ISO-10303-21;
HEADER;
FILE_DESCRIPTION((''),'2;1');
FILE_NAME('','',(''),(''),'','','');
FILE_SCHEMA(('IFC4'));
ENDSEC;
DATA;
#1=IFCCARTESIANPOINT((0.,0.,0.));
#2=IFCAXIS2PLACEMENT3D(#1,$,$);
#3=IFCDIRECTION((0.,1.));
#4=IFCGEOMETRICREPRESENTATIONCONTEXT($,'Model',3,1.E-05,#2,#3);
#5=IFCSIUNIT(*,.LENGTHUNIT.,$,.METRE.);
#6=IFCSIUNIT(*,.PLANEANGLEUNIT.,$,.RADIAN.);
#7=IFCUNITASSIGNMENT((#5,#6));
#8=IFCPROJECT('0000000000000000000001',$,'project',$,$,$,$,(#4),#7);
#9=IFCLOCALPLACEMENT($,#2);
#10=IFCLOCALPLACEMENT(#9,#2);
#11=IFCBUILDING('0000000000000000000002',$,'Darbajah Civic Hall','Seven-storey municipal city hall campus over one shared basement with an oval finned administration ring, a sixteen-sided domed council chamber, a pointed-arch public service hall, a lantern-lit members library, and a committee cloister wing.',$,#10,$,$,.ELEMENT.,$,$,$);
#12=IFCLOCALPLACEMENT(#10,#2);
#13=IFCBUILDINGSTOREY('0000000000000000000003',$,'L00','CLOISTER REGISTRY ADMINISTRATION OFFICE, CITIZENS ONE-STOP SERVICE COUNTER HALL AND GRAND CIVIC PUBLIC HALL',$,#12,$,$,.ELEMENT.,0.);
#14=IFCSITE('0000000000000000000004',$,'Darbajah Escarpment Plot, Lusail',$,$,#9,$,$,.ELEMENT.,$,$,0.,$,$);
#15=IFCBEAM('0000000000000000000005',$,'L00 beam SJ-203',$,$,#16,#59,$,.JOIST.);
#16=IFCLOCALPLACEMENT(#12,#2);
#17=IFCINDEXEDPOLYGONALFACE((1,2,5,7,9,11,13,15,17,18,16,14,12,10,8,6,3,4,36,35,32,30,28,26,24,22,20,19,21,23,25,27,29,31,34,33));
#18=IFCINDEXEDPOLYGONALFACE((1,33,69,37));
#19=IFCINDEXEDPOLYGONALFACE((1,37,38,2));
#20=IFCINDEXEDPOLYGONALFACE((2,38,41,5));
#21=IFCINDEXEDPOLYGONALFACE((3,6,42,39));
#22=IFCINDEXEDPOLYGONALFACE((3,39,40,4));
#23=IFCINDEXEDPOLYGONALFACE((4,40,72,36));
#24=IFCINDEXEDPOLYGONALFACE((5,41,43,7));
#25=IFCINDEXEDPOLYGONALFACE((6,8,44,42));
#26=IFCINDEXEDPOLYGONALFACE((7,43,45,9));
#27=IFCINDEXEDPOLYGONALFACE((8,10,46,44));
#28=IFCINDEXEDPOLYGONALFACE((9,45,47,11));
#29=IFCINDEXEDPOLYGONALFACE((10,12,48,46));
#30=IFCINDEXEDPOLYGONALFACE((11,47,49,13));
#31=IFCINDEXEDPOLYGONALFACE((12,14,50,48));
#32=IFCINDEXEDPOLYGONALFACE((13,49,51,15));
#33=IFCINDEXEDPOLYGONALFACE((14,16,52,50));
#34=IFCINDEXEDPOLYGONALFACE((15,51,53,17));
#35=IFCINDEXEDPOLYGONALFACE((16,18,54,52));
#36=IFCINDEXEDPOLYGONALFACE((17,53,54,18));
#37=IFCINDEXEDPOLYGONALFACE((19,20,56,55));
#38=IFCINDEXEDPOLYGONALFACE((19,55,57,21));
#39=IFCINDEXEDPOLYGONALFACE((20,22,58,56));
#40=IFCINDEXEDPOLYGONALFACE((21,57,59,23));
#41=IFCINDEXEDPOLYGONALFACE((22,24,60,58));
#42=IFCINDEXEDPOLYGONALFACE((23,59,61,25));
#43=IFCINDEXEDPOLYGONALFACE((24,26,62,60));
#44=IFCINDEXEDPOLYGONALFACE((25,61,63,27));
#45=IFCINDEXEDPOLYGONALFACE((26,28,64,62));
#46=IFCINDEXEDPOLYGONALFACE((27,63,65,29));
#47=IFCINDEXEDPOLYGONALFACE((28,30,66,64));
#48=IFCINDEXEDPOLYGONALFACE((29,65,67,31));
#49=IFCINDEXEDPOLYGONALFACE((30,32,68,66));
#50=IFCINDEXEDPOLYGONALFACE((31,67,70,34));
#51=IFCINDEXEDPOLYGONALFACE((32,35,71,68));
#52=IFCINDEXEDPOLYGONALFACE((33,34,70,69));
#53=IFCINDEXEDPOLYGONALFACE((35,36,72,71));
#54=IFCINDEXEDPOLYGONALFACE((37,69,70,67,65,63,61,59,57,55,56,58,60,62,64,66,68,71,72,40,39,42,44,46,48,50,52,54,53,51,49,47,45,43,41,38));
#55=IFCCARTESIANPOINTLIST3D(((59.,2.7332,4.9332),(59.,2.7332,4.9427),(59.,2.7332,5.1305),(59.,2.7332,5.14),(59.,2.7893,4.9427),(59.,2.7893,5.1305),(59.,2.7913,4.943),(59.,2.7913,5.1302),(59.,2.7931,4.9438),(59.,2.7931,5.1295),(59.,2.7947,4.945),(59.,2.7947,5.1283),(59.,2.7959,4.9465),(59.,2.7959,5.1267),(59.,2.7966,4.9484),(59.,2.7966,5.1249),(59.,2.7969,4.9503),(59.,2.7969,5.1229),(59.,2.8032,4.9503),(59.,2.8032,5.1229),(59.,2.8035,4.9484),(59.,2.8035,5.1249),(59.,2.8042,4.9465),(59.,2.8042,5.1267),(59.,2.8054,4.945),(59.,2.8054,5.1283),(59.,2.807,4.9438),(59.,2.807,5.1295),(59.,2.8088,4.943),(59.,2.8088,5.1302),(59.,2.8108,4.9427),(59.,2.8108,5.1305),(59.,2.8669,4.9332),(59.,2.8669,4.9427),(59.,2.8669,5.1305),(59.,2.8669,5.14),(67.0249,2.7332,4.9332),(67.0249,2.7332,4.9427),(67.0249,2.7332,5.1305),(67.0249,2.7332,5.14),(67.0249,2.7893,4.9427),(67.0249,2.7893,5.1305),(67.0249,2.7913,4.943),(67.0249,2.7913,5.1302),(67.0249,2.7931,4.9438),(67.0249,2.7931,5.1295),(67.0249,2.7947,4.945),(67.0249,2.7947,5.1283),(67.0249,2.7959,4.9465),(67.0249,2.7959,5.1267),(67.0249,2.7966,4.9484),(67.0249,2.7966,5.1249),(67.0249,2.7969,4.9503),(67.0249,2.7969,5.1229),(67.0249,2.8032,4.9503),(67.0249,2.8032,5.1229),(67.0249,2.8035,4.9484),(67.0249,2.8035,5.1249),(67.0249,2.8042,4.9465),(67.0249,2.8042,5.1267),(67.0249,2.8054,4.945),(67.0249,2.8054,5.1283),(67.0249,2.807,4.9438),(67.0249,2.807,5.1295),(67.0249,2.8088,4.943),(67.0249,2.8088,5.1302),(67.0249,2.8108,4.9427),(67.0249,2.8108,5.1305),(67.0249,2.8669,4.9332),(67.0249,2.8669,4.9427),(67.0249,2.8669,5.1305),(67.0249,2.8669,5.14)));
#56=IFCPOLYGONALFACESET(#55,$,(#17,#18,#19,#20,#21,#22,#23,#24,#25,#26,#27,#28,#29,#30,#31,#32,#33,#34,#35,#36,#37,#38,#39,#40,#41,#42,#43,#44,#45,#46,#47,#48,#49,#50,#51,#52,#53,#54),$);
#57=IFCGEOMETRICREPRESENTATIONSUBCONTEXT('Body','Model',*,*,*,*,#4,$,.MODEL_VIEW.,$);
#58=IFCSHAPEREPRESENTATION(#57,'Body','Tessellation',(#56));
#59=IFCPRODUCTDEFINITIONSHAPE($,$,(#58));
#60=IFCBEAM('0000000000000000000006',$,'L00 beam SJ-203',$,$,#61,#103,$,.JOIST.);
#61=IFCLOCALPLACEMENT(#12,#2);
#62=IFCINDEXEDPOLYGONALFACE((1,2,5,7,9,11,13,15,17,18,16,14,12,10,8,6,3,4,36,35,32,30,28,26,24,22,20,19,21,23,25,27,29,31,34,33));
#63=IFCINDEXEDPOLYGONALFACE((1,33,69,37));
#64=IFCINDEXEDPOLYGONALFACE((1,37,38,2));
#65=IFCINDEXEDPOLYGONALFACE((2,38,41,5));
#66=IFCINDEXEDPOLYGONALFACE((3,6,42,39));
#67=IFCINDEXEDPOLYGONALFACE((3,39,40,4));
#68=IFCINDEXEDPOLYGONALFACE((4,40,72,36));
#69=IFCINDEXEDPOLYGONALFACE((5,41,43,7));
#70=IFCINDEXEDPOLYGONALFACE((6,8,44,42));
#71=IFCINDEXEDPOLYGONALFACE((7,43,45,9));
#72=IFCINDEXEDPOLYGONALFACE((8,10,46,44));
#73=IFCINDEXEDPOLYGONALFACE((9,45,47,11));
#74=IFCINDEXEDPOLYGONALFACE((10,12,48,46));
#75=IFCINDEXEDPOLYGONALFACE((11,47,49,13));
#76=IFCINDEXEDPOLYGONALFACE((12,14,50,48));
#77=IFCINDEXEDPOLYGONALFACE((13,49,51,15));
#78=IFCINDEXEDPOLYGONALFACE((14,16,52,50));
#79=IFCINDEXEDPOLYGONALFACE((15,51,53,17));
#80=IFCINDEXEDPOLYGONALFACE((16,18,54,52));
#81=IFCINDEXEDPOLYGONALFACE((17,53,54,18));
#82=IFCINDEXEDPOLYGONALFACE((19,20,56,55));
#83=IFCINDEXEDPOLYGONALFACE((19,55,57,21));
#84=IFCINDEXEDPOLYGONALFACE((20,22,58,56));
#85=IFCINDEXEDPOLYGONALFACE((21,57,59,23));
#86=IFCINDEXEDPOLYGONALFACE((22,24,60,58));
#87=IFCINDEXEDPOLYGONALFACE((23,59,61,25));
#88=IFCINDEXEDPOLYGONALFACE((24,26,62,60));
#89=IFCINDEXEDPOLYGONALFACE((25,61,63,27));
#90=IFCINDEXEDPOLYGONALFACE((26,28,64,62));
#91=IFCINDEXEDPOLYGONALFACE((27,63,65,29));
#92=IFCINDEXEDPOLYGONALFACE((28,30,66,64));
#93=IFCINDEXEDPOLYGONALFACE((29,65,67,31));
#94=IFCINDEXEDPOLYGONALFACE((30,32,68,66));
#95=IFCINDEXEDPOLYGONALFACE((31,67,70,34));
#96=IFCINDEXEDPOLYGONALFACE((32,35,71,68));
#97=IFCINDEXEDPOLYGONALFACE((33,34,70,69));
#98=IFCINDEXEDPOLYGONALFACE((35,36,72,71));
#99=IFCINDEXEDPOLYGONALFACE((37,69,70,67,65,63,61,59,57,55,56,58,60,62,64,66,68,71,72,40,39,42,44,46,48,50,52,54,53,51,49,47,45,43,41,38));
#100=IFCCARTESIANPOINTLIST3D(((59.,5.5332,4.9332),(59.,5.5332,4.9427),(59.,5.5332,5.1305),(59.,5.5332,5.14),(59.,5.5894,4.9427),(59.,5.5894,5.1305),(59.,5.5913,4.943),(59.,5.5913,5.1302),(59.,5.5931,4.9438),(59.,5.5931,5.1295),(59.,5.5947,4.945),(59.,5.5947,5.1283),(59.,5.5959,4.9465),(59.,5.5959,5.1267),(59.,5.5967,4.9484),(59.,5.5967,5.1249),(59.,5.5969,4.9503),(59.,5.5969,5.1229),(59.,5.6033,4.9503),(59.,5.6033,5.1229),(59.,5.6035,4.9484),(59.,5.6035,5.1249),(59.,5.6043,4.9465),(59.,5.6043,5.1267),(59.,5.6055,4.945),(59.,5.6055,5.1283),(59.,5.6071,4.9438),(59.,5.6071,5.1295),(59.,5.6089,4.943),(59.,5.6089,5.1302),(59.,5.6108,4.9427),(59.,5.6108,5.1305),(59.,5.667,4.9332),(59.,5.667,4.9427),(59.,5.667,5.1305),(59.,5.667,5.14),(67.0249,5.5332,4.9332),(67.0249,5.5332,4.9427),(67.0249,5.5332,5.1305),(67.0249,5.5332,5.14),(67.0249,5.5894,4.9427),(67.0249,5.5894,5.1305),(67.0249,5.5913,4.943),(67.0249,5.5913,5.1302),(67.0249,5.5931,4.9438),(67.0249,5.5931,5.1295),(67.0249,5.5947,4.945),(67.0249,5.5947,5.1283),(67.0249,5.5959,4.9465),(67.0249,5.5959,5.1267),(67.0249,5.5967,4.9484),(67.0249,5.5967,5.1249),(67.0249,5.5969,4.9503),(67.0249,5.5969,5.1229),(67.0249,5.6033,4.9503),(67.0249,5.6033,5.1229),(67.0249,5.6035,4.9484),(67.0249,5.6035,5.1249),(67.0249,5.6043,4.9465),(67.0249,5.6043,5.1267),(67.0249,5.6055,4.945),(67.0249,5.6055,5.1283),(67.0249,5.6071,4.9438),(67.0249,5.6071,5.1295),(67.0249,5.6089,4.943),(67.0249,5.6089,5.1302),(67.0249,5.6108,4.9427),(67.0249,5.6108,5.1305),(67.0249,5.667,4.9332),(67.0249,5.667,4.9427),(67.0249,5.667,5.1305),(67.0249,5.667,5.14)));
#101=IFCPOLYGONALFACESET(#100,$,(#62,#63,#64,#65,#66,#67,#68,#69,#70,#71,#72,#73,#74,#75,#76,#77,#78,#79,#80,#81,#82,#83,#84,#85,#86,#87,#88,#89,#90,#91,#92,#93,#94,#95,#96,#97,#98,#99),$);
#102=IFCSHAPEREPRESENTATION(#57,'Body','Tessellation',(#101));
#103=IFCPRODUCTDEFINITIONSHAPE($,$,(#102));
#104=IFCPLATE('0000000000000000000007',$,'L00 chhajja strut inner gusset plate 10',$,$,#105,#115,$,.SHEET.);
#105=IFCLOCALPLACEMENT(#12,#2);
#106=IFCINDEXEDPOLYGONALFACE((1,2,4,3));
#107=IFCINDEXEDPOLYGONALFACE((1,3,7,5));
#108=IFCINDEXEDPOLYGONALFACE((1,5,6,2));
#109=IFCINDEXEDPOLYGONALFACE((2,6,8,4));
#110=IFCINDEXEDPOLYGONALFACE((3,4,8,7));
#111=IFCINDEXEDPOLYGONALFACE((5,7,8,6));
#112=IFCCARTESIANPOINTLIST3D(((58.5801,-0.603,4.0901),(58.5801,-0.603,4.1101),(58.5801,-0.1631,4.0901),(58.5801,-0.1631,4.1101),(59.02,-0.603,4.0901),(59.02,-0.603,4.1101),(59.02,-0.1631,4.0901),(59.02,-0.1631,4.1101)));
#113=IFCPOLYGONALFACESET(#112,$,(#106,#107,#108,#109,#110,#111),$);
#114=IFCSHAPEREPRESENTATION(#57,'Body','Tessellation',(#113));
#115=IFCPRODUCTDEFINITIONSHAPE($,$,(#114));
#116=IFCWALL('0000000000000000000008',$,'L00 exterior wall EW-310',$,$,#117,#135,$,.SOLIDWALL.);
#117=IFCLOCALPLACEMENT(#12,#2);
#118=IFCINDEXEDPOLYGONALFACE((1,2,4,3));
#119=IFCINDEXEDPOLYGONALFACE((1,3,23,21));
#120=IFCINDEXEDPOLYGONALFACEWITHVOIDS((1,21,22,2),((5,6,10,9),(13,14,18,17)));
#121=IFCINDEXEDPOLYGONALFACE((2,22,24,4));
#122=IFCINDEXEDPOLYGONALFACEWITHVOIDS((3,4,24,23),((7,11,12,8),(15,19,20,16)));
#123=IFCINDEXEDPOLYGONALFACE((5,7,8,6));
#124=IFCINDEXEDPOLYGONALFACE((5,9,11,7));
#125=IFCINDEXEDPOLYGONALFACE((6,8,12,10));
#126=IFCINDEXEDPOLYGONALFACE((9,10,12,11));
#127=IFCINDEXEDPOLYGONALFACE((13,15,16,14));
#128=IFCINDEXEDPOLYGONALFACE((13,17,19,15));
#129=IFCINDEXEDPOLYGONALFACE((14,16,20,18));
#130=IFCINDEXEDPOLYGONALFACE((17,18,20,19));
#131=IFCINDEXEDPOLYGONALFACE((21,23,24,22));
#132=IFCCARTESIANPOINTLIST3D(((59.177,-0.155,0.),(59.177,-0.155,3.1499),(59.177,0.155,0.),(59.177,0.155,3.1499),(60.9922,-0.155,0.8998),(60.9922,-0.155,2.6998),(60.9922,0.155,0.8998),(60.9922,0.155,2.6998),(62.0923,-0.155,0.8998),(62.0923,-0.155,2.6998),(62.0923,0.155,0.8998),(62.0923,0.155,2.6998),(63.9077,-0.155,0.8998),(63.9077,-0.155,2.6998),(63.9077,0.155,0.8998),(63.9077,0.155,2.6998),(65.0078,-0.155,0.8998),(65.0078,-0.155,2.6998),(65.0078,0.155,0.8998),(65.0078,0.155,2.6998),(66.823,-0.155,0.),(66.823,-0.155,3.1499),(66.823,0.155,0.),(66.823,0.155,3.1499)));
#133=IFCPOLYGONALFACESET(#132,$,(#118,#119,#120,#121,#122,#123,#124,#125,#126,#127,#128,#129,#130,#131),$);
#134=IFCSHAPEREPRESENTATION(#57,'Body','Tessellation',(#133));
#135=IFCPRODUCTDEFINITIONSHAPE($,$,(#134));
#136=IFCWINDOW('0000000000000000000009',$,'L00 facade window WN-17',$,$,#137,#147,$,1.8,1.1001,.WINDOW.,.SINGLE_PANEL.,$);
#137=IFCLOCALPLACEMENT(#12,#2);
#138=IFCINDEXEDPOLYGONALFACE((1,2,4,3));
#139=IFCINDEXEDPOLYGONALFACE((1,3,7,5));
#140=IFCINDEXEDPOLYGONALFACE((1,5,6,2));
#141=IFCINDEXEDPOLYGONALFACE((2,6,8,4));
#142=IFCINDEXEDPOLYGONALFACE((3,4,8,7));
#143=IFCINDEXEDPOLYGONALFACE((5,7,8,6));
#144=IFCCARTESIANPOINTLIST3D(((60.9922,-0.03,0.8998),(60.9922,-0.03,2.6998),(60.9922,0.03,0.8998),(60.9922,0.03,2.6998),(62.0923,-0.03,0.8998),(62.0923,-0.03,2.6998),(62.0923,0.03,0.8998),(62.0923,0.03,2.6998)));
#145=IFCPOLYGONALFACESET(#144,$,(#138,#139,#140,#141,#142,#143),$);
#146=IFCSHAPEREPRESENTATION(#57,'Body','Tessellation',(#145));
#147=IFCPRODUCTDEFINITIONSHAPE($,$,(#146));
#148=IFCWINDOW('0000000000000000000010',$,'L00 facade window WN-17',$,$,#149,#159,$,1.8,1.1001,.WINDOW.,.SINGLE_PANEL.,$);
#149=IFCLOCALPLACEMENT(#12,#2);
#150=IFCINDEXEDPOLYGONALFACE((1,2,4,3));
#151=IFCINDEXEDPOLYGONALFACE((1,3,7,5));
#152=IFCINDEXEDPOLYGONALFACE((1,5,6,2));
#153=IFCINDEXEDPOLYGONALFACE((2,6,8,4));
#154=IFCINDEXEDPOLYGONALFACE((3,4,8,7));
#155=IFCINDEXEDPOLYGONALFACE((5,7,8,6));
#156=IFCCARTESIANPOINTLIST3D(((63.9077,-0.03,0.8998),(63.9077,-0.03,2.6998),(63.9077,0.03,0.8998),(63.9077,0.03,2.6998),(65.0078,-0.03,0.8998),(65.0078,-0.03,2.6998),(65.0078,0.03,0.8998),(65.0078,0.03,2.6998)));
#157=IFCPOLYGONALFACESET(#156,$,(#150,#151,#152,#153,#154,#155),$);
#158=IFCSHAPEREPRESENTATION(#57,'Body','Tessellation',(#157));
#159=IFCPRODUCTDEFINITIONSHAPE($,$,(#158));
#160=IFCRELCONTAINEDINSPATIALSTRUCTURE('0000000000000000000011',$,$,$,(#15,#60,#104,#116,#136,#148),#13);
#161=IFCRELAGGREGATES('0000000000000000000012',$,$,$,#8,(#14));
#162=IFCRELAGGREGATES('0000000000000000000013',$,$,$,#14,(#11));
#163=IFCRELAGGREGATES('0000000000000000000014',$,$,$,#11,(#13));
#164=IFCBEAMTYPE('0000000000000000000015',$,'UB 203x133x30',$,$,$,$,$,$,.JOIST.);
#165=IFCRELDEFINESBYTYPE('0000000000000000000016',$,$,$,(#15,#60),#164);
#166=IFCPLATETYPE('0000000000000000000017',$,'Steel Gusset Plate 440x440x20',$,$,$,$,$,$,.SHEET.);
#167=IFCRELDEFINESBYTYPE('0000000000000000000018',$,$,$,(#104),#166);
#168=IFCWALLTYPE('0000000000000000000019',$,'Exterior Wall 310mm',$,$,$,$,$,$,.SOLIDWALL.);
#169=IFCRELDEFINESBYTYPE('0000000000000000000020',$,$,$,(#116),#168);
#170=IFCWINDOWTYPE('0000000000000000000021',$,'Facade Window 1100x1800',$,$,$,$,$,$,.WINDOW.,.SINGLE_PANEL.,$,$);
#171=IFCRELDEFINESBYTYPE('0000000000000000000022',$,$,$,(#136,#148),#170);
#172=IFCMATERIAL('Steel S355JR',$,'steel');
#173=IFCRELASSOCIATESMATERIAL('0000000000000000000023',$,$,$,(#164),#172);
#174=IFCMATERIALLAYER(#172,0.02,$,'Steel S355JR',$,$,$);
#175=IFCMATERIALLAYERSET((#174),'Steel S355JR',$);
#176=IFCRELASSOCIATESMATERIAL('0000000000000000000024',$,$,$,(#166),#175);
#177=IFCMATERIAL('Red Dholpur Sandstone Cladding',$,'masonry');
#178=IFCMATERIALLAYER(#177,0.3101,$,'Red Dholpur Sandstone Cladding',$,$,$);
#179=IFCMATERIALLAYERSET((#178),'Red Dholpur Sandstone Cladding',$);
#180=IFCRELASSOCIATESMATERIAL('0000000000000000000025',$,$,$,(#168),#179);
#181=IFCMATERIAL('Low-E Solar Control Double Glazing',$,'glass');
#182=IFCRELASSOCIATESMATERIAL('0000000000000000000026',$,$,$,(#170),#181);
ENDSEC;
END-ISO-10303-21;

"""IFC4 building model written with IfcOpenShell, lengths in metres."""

from ifc_helpers import new_model, si_unit, direction, frame, frame_2d, origin, origin_2d, place, context, subcontext, project, spatial, rectangle, i_section, extrude, material, layer, layer_set, material_profile, profile_set, type_object, element, fill, save


model = new_model("IFC4")

# Units and contexts
model_context = context("Model", 3, precision=1e-05, world=origin(), true_north=direction((0.0, 1.0)))
body_context = subcontext(model_context, "Body", "Model", "MODEL_VIEW")
ifc_project = project(units=[si_unit("LENGTHUNIT", "METRE"), si_unit("PLANEANGLEUNIT", "RADIAN")], contexts=[model_context])

# Site, building, storey
site_placement = place(None, origin())
site = spatial("IfcSite", under=ifc_project, at=site_placement, Name="Darbajah Escarpment Plot, Lusail", CompositionType="ELEMENT", RefElevation=0.0)
building_placement = place(site_placement, origin())
building = spatial("IfcBuilding", under=site, at=building_placement, Name="Darbajah Civic Hall", Description="Seven-storey municipal city hall campus over one shared basement with an oval finned administration ring, a sixteen-sided domed council chamber, a pointed-arch public service hall, a lantern-lit members library, and a committee cloister wing.", CompositionType="ELEMENT")
storey_placement = place(building_placement, origin())
storey = spatial("IfcBuildingStorey", under=building, at=storey_placement, Name="L00", Description="CLOISTER REGISTRY ADMINISTRATION OFFICE, CITIZENS ONE-STOP SERVICE COUNTER HALL AND GRAND CIVIC PUBLIC HALL", CompositionType="ELEMENT", Elevation=0.0)

# Shared definitions
ifc_material_1 = material(Name="Steel S355JR", Category="steel")

# Beams
ifc_material_profile_1 = material_profile(ifc_material_1, i_section(OverallWidth=0.1338, OverallDepth=0.2068, WebThickness=0.0063, FlangeThickness=0.0095, FilletRadius=0.0076, at=origin_2d()), Name="UB 203x133x30")
ifc_profile_set_1 = profile_set([ifc_material_profile_1], Name="Steel S355JR")
beam_type_1 = type_object("IfcBeamType", Name="UB 203x133x30", PredefinedType="JOIST", material=ifc_profile_set_1)
for number, where, z_axis, x_axis, name in (
    (1, (59.0, 2.8, 5.0366), (1.0, 0.0, 0.0), (0.0, 1.0, 0.0), "L00 beam SJ-203"),
    (2, (59.0, 5.6001, 5.0366), (1.0, 0.0, 0.0), (0.0, 1.0, 0.0), "L00 beam SJ-203"),
):
    element("IfcBeam", number, at=place(storey_placement, frame(where, z_axis=z_axis, x_axis=x_axis)), inside=storey, type_object=beam_type_1, Name=name, PredefinedType="JOIST", context=body_context, shape_type="SweptSolid", body=[
        extrude(i_section(OverallWidth=0.1338, OverallDepth=0.2068, WebThickness=0.0063, FlangeThickness=0.0095, FilletRadius=0.0076, at=origin_2d()), origin(), (0.0, 0.0, 1.0), 8.0249),
    ])

# Plate
ifc_layer_1 = layer(ifc_material_1, 0.02, Name="Steel S355JR")
ifc_layer_set_1 = layer_set([ifc_layer_1], Name="Steel S355JR")
plate_type = type_object("IfcPlateType", Name="Steel Gusset Plate 440x440x20", PredefinedType="SHEET", material=ifc_layer_set_1)
plate_placement = place(storey_placement, frame((58.8, -0.3831, 4.0901), z_axis=(0.0, 0.0, 1.0), x_axis=(1.0, 0.0, 0.0)))
element("IfcPlate", 3, at=plate_placement, inside=storey, type_object=plate_type, Name="L00 chhajja strut inner gusset plate 10", PredefinedType="SHEET", context=body_context, shape_type="SweptSolid", body=[
    extrude(rectangle(XDim=0.4399, YDim=0.4399, at=origin_2d()), origin(), (0.0, 0.0, 1.0), 0.02),
])

# Wall, openings, windows
ifc_material_2 = material(Name="Red Dholpur Sandstone Cladding", Category="masonry")
ifc_layer_2 = layer(ifc_material_2, 0.3101, Name="Red Dholpur Sandstone Cladding")
ifc_layer_set_2 = layer_set([ifc_layer_2], Name="Red Dholpur Sandstone Cladding")
wall_type = type_object("IfcWallType", Name="Exterior Wall 310mm", PredefinedType="SOLIDWALL", material=ifc_layer_set_2)
wall_1_placement = place(storey_placement, frame((59.177, 0.0, 0.0), z_axis=(0.0, 0.0, 1.0), x_axis=(1.0, 0.0, 0.0)))
wall_1 = element("IfcWall", 4, at=wall_1_placement, inside=storey, type_object=wall_type, Name="L00 exterior wall EW-310", PredefinedType="SOLIDWALL", context=body_context, shape_type="SweptSolid", body=[
    extrude(rectangle(XDim=7.646, YDim=0.3101, at=frame_2d((3.823, 0.0))), origin(), (0.0, 0.0, 1.0), 3.1499),
])
opening_1_placement = place(wall_1_placement, frame((1.8152, 0.0, 0.8999)))
opening_1 = element("IfcOpeningElement", 5, at=opening_1_placement, cuts=wall_1, PredefinedType="OPENING", context=body_context, shape_type="SweptSolid", body=[
    extrude(rectangle(XDim=1.1001, YDim=1.8, at=frame_2d((0.55, 0.8999))), frame((0.0, 0.165, 0.0), z_axis=(0.0, -1.0, 0.0), x_axis=(1.0, 0.0, 0.0)), (0.0, 0.0, 1.0), 0.3301),
])
opening_2_placement = place(wall_1_placement, frame((4.7307, 0.0, 0.8999)))
opening_2 = element("IfcOpeningElement", 6, at=opening_2_placement, cuts=wall_1, PredefinedType="OPENING", context=body_context, shape_type="SweptSolid", body=[
    extrude(rectangle(XDim=1.1001, YDim=1.8, at=frame_2d((0.55, 0.8999))), frame((0.0, 0.165, 0.0), z_axis=(0.0, -1.0, 0.0), x_axis=(1.0, 0.0, 0.0)), (0.0, 0.0, 1.0), 0.3301),
])
ifc_material_3 = material(Name="Low-E Solar Control Double Glazing", Category="glass")
window_type_1 = type_object("IfcWindowType", Name="Facade Window 1100x1800", PartitioningType="SINGLE_PANEL", PredefinedType="WINDOW", material=ifc_material_3)
window_1_placement = place(opening_1_placement, origin())
window_1 = element("IfcWindow", 7, at=window_1_placement, inside=storey, type_object=window_type_1, Name="L00 facade window WN-17", OverallHeight=1.8, OverallWidth=1.1001, PartitioningType="SINGLE_PANEL", PredefinedType="WINDOW", context=body_context, shape_type="SweptSolid", body=[
    extrude(rectangle(XDim=1.1001, YDim=1.8, at=frame_2d((0.55, 0.8999))), frame((0.0, 0.03, 0.0), z_axis=(0.0, -1.0, 0.0), x_axis=(1.0, 0.0, 0.0)), (0.0, 0.0, 1.0), 0.0601),
])
fill(opening_1, window_1)
window_2_placement = place(opening_2_placement, origin())
window_2 = element("IfcWindow", 8, at=window_2_placement, inside=storey, type_object=window_type_1, Name="L00 facade window WN-17", OverallHeight=1.8, OverallWidth=1.1001, PartitioningType="SINGLE_PANEL", PredefinedType="WINDOW", context=body_context, shape_type="SweptSolid", body=[
    extrude(rectangle(XDim=1.1001, YDim=1.8, at=frame_2d((0.55, 0.8999))), frame((0.0, 0.03, 0.0), z_axis=(0.0, -1.0, 0.0), x_axis=(1.0, 0.0, 0.0)), (0.0, 0.0, 1.0), 0.0601),
])
fill(opening_2, window_2)

save(model, "model.ifc")
